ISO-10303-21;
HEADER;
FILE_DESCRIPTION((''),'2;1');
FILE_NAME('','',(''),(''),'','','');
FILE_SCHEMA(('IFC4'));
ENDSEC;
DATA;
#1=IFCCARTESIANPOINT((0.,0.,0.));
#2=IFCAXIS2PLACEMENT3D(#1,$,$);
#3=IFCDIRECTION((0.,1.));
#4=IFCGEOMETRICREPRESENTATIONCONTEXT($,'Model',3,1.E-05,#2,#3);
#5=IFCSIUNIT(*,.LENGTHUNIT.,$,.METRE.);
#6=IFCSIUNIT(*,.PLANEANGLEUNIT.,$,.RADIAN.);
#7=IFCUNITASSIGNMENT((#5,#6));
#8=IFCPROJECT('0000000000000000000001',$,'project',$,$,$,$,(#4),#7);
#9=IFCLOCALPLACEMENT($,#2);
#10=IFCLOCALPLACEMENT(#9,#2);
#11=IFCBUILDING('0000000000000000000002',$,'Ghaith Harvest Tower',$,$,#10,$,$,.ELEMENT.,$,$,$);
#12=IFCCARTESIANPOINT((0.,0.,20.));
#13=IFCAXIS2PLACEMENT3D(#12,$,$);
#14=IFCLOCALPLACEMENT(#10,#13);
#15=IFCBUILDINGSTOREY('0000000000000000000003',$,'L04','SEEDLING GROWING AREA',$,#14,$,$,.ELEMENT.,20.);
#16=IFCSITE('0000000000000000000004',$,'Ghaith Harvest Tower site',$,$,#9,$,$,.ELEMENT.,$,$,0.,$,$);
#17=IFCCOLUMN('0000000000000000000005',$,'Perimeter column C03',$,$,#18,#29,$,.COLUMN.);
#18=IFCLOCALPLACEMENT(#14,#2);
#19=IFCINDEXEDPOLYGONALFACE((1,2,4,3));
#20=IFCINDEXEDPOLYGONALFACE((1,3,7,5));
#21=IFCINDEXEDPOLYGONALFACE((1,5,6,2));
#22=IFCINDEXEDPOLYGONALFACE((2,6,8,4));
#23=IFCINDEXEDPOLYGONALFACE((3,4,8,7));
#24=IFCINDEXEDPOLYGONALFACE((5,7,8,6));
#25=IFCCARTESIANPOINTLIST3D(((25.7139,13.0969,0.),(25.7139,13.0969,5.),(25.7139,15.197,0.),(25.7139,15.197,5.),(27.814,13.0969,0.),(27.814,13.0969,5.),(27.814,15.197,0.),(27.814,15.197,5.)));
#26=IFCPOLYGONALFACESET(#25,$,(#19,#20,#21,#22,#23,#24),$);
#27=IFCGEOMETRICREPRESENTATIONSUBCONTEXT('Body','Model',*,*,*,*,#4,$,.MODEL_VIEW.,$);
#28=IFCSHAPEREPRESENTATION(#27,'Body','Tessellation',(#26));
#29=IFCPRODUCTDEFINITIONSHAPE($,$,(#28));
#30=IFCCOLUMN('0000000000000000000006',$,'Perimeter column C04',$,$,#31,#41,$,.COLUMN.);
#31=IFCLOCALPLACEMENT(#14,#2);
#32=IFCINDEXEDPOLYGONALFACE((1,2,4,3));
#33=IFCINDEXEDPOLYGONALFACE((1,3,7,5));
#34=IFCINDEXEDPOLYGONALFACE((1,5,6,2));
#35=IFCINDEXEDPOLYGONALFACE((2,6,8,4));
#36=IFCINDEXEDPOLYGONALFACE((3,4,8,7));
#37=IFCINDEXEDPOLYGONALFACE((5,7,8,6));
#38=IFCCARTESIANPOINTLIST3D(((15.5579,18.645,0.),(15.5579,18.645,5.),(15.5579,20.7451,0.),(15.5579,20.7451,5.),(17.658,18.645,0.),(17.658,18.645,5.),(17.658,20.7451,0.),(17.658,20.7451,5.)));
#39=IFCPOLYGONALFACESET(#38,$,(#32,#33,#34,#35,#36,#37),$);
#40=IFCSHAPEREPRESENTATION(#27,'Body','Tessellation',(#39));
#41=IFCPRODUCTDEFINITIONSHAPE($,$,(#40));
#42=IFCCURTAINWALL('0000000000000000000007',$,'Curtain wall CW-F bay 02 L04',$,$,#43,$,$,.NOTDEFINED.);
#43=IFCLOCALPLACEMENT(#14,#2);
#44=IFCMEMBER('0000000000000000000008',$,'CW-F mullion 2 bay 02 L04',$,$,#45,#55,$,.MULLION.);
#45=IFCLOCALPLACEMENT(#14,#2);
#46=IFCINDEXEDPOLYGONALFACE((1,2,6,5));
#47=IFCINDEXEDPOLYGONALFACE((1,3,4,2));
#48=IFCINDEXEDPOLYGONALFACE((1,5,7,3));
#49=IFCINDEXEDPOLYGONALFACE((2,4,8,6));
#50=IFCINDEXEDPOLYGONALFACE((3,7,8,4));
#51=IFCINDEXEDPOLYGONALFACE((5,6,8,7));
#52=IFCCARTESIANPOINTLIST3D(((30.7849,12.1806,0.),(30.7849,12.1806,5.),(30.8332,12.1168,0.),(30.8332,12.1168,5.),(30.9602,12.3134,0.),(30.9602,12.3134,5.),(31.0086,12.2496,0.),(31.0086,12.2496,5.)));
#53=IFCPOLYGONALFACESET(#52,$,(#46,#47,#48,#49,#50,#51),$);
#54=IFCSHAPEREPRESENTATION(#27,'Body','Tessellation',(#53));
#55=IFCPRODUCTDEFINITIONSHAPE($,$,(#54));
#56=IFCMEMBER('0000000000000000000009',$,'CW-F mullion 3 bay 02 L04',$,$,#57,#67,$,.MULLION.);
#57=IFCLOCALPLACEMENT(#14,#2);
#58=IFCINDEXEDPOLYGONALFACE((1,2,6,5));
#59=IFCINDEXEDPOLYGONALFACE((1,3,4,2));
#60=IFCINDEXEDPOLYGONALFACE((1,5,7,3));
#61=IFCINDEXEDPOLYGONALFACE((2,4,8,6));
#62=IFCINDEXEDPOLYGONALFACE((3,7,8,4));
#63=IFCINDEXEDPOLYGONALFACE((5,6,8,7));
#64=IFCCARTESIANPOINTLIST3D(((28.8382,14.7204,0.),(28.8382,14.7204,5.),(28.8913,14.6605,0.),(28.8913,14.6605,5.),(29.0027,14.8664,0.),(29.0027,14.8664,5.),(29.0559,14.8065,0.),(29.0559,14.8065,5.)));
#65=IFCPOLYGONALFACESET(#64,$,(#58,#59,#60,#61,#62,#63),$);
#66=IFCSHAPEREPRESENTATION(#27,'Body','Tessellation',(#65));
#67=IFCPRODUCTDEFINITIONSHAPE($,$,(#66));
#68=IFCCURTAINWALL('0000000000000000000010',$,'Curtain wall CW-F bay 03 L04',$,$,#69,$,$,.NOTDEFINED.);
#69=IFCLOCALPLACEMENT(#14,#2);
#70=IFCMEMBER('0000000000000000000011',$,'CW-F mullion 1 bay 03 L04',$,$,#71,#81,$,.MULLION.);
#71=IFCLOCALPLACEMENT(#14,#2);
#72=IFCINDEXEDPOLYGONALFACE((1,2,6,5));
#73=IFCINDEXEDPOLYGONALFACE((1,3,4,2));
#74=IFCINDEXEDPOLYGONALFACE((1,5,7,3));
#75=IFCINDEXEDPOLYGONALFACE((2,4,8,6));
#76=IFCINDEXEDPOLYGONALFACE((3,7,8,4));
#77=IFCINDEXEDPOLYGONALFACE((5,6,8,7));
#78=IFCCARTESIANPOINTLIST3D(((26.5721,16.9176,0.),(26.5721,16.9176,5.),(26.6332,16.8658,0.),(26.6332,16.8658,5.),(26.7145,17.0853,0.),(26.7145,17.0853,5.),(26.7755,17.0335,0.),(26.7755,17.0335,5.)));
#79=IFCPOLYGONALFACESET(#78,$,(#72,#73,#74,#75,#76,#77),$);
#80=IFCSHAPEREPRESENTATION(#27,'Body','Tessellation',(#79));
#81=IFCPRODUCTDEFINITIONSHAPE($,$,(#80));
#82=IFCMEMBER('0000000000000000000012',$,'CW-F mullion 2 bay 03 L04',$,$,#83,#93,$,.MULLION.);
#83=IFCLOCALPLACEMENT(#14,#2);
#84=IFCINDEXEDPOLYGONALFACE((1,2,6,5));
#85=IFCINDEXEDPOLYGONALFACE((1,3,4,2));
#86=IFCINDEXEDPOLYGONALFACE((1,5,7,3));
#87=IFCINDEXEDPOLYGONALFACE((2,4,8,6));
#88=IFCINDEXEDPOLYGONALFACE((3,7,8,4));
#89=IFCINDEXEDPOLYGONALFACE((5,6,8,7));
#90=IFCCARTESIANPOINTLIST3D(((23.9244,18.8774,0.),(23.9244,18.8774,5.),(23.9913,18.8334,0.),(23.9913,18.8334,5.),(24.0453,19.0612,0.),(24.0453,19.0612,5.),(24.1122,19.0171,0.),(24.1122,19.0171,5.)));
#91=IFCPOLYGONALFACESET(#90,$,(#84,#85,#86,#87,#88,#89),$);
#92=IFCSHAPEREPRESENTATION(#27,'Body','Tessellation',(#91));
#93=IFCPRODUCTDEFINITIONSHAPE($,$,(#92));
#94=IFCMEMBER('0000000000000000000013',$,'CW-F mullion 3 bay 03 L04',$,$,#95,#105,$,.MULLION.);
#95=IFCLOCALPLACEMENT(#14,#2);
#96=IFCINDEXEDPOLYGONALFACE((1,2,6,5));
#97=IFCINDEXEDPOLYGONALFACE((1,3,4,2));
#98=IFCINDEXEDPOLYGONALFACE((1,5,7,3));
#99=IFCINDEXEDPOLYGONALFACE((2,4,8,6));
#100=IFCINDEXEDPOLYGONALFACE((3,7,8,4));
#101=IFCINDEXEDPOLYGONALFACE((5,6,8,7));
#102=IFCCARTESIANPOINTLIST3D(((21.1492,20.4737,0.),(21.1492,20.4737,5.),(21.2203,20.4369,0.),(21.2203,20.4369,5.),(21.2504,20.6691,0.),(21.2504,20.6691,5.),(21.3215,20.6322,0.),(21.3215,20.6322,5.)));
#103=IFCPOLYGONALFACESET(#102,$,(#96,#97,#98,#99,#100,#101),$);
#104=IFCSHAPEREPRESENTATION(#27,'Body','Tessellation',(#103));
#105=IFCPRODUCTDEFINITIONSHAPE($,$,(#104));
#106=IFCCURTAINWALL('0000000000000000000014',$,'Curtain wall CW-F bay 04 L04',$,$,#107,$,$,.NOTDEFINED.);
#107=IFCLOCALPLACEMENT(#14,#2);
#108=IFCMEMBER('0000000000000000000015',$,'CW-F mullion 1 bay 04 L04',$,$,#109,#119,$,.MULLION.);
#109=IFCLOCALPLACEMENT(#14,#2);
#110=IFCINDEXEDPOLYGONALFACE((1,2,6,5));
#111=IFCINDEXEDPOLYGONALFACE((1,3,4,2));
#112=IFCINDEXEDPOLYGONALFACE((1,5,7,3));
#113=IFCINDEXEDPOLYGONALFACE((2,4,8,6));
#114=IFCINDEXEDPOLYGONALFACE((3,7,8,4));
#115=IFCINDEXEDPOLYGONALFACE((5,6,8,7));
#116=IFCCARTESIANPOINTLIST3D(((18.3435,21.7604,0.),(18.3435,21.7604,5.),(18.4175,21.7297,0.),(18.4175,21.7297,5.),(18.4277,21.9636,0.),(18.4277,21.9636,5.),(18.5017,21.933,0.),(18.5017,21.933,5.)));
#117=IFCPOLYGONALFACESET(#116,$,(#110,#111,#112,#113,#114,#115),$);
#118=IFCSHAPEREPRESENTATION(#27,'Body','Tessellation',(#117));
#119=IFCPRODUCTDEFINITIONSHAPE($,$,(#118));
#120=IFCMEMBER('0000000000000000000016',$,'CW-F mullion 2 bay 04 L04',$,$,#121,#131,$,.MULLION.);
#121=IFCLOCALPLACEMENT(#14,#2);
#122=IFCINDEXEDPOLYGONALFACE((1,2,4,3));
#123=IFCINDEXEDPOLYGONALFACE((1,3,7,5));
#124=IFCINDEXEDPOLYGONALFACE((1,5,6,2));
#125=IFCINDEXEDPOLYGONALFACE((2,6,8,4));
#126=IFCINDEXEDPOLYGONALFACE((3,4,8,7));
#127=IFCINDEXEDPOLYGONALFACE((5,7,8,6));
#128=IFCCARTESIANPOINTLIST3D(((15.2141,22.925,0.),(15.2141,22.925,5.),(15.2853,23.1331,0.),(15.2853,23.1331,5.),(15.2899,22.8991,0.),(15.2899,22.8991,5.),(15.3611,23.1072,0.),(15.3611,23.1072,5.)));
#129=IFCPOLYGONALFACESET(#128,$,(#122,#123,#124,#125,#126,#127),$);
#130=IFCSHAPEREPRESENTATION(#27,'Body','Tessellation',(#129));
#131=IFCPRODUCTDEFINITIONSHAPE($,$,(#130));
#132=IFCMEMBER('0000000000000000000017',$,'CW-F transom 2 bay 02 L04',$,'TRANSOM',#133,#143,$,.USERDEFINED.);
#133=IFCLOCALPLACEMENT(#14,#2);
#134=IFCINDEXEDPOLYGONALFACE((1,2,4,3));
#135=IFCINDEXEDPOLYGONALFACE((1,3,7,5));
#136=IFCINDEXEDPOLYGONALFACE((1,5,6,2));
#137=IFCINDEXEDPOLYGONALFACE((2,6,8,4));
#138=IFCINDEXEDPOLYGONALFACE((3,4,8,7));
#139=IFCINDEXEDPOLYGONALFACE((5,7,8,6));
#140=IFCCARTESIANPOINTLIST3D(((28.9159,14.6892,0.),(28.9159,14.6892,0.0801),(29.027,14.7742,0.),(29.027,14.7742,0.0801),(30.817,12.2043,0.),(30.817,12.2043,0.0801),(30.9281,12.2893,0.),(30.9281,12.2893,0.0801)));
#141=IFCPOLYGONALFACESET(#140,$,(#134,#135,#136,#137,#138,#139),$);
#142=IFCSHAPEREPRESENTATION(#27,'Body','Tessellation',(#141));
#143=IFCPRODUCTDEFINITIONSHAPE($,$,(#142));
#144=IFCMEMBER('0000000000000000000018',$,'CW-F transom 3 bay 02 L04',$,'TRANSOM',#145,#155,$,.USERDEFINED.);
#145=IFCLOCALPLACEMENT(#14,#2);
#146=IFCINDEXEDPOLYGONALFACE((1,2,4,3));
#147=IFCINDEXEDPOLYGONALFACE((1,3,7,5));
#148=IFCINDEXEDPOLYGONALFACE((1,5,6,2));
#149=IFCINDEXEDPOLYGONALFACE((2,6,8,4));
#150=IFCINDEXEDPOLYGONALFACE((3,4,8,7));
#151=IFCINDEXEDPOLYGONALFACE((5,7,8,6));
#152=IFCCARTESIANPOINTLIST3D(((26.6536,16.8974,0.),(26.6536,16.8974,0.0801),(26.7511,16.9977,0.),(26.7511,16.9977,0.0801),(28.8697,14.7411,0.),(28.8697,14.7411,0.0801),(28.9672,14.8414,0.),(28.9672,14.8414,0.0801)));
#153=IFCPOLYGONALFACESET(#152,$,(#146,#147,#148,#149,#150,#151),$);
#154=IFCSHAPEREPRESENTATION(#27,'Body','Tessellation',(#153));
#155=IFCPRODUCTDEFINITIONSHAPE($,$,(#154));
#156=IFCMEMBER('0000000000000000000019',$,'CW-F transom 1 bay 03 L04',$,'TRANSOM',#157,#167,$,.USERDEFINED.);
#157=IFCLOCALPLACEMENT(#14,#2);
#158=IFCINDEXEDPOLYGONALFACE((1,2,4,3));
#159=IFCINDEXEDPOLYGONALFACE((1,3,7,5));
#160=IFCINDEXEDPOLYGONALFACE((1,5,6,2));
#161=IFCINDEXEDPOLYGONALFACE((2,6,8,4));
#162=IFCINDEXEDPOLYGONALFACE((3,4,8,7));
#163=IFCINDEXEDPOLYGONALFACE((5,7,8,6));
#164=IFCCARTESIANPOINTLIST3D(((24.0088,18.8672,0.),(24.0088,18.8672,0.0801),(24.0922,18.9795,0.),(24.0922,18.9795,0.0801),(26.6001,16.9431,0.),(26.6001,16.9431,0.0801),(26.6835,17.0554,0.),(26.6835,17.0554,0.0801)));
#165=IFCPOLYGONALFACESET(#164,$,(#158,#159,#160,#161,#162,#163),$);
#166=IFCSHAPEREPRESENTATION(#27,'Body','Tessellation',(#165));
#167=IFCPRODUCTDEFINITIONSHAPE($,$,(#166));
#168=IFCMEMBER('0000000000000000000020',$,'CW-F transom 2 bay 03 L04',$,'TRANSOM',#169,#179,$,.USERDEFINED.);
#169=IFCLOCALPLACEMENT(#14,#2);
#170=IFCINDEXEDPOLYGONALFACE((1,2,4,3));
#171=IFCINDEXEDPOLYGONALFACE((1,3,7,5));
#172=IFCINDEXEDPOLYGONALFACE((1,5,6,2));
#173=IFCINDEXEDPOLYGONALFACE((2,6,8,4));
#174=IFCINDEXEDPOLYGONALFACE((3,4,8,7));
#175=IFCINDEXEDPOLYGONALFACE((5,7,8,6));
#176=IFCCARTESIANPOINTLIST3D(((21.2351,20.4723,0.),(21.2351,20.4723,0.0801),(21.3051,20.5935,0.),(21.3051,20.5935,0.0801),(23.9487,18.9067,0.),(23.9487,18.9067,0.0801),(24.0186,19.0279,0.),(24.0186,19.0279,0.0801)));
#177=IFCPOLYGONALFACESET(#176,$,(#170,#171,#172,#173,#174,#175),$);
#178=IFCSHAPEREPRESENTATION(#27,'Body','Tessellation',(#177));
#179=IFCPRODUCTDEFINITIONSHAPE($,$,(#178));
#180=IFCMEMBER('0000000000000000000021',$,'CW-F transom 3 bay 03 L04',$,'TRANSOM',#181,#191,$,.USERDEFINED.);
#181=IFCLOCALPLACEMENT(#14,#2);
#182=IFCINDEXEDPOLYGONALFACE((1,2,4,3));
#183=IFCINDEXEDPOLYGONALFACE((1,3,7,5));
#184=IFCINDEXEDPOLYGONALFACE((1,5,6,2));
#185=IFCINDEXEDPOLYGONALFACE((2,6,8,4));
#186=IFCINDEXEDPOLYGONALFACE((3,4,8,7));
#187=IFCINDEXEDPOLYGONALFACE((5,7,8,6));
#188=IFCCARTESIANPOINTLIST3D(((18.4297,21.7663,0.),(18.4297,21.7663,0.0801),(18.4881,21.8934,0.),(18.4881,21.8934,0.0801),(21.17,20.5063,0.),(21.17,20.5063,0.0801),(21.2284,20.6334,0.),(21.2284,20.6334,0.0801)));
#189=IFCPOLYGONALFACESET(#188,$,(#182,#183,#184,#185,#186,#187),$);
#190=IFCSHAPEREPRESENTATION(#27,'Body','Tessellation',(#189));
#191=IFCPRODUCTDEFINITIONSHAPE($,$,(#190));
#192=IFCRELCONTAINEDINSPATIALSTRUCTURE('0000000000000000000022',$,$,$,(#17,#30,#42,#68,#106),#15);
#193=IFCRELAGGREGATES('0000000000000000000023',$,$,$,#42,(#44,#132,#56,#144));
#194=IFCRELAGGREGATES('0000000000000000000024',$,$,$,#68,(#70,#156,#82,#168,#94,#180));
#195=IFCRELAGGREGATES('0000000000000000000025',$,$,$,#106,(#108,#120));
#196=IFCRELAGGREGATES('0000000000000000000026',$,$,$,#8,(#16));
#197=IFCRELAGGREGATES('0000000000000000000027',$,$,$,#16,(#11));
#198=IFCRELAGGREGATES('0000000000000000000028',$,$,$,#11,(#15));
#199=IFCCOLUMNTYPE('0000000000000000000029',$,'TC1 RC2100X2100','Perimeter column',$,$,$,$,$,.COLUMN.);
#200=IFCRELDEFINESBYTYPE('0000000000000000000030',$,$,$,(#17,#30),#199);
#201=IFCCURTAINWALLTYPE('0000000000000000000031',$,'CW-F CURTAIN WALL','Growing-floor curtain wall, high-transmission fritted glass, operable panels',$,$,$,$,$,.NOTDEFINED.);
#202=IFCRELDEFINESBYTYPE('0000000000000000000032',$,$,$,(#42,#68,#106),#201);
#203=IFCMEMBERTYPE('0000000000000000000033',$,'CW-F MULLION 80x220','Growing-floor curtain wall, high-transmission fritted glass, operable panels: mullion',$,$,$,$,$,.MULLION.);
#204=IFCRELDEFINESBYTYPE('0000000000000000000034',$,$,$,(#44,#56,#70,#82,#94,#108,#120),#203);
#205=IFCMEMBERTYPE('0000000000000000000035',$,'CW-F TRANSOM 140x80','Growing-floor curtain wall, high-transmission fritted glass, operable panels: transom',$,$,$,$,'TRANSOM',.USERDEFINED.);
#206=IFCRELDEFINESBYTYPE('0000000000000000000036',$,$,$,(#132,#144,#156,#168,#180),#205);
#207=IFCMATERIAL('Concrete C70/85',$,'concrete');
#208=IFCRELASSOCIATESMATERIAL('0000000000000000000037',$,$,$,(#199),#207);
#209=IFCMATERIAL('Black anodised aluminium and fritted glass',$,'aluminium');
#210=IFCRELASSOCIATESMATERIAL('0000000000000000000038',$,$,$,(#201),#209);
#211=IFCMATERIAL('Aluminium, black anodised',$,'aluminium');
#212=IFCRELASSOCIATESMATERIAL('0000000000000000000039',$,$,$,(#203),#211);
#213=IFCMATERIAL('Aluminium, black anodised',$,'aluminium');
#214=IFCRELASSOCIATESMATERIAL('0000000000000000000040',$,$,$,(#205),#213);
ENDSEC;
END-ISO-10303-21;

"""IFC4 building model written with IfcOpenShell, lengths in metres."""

from ifc_helpers import new_model, si_unit, direction, frame, origin, origin_2d, place, context, subcontext, project, spatial, rectangle, extrude, material, material_profile, profile_set, type_object, element, aggregate, save


model = new_model("IFC4")

# Units and contexts
model_context = context("Model", 3, precision=1e-05, world=origin(), true_north=direction((0.0, 1.0)))
body_context = subcontext(model_context, "Body", "Model", "MODEL_VIEW")
ifc_project = project(units=[si_unit("LENGTHUNIT", "METRE"), si_unit("PLANEANGLEUNIT", "RADIAN")], contexts=[model_context])

# Site, building, storey
site_placement = place(None, origin())
site = spatial("IfcSite", under=ifc_project, at=site_placement, Name="Ghaith Harvest Tower site", CompositionType="ELEMENT", RefElevation=0.0)
building_placement = place(site_placement, origin())
building = spatial("IfcBuilding", under=site, at=building_placement, Name="Ghaith Harvest Tower", CompositionType="ELEMENT")
storey_placement = place(building_placement, frame((0.0, 0.0, 20.0)))
storey = spatial("IfcBuildingStorey", under=building, at=storey_placement, Name="L04", Description="SEEDLING GROWING AREA", CompositionType="ELEMENT", Elevation=20.0)

# Columns
ifc_material_1 = material(Name="Concrete C70/85", Category="concrete")
ifc_material_profile_1 = material_profile(ifc_material_1, rectangle(XDim=2.1001, YDim=2.1001, at=origin_2d()), Name="RC2100X2100")
ifc_profile_set_1 = profile_set([ifc_material_profile_1], Name="Concrete C70/85")
column_type = type_object("IfcColumnType", Name="TC1 RC2100X2100", Description="Perimeter column", PredefinedType="COLUMN", material=ifc_profile_set_1)
for number, where, z_axis, x_axis, name in (
    (1, (26.7639, 14.147, 0.0), (0.0, 0.0, 1.0), (1.0, 0.0, 0.0), "Perimeter column C03"),
    (2, (16.6079, 19.6951, 0.0), (0.0, 0.0, 1.0), (1.0, 0.0, 0.0), "Perimeter column C04"),
):
    element("IfcColumn", number, at=place(storey_placement, frame(where, z_axis=z_axis, x_axis=x_axis)), inside=storey, type_object=column_type, Name=name, PredefinedType="COLUMN", context=body_context, shape_type="SweptSolid", body=[
        extrude(rectangle(XDim=2.1001, YDim=2.1001, at=origin_2d()), origin(), (0.0, 0.0, 1.0), 5.0),
    ])

# Curtain walls, members
ifc_material_2 = material(Name="Black anodised aluminium and fritted glass", Category="aluminium")
curtain_wall_type = type_object("IfcCurtainWallType", Name="CW-F CURTAIN WALL", Description="Growing-floor curtain wall, high-transmission fritted glass, operable panels", PredefinedType="NOTDEFINED", material=ifc_material_2)
curtain_wall_1_placement = place(storey_placement, origin())
curtain_wall_1 = element("IfcCurtainWall", 3, at=curtain_wall_1_placement, inside=storey, type_object=curtain_wall_type, Name="Curtain wall CW-F bay 02 L04", PredefinedType="NOTDEFINED")
ifc_material_3 = material(Name="Aluminium, black anodised", Category="aluminium")
ifc_material_profile_2 = material_profile(ifc_material_3, rectangle(XDim=0.0801, YDim=0.22, at=origin_2d()), Name="CW-F MULLION 80x220")
ifc_profile_set_2 = profile_set([ifc_material_profile_2], Name="Aluminium, black anodised")
member_type_1 = type_object("IfcMemberType", Name="CW-F MULLION 80x220", Description="Growing-floor curtain wall, high-transmission fritted glass, operable panels: mullion", PredefinedType="MULLION", material=ifc_profile_set_2)
member_1_placement = place(storey_placement, frame((30.8967, 12.2151, 0.0), z_axis=(0.0, 0.0, 1.0), x_axis=(-0.603948, 0.797023, 0.0)))
member_1 = element("IfcMember", 4, at=member_1_placement, type_object=member_type_1, Name="CW-F mullion 2 bay 02 L04", PredefinedType="MULLION", context=body_context, shape_type="SweptSolid", body=[
    extrude(rectangle(XDim=0.0801, YDim=0.22, at=origin_2d()), origin(), (0.0, 0.0, 1.0), 5.0),
])
member_2_placement = place(storey_placement, frame((28.947, 14.7634, 0.0), z_axis=(0.0, 0.0, 1.0), x_axis=(-0.663605, 0.748083, 0.0)))
member_2 = element("IfcMember", 5, at=member_2_placement, type_object=member_type_1, Name="CW-F mullion 3 bay 02 L04", PredefinedType="MULLION", context=body_context, shape_type="SweptSolid", body=[
    extrude(rectangle(XDim=0.0801, YDim=0.22, at=origin_2d()), origin(), (0.0, 0.0, 1.0), 5.0),
])
curtain_wall_2_placement = place(storey_placement, origin())
curtain_wall_2 = element("IfcCurtainWall", 6, at=curtain_wall_2_placement, inside=storey, type_object=curtain_wall_type, Name="Curtain wall CW-F bay 03 L04", PredefinedType="NOTDEFINED")
member_3_placement = place(storey_placement, frame((26.6738, 16.9756, 0.0), z_axis=(0.0, 0.0, 1.0), x_axis=(-0.762366, 0.647146, 0.0)))
member_3 = element("IfcMember", 7, at=member_3_placement, type_object=member_type_1, Name="CW-F mullion 1 bay 03 L04", PredefinedType="MULLION", context=body_context, shape_type="SweptSolid", body=[
    extrude(rectangle(XDim=0.0801, YDim=0.22, at=origin_2d()), origin(), (0.0, 0.0, 1.0), 5.0),
])
member_4_placement = place(storey_placement, frame((24.0183, 18.9473, 0.0), z_axis=(0.0, 0.0, 1.0), x_axis=(-0.835444, 0.549576, 0.0)))
member_4 = element("IfcMember", 8, at=member_4_placement, type_object=member_type_1, Name="CW-F mullion 2 bay 03 L04", PredefinedType="MULLION", context=body_context, shape_type="SweptSolid", body=[
    extrude(rectangle(XDim=0.0801, YDim=0.22, at=origin_2d()), origin(), (0.0, 0.0, 1.0), 5.0),
])
member_5_placement = place(storey_placement, frame((21.2354, 20.553, 0.0), z_axis=(0.0, 0.0, 1.0), x_axis=(-0.887897, 0.460043, 0.0)))
member_5 = element("IfcMember", 9, at=member_5_placement, type_object=member_type_1, Name="CW-F mullion 3 bay 03 L04", PredefinedType="MULLION", context=body_context, shape_type="SweptSolid", body=[
    extrude(rectangle(XDim=0.0801, YDim=0.22, at=origin_2d()), origin(), (0.0, 0.0, 1.0), 5.0),
])
curtain_wall_3_placement = place(storey_placement, origin())
curtain_wall_3 = element("IfcCurtainWall", 10, at=curtain_wall_3_placement, inside=storey, type_object=curtain_wall_type, Name="Curtain wall CW-F bay 04 L04", PredefinedType="NOTDEFINED")
member_6_placement = place(storey_placement, frame((18.4226, 21.8467, 0.0), z_axis=(0.0, 0.0, 1.0), x_axis=(-0.92391, 0.382609, 0.0)))
member_6 = element("IfcMember", 11, at=member_6_placement, type_object=member_type_1, Name="CW-F mullion 1 bay 04 L04", PredefinedType="MULLION", context=body_context, shape_type="SweptSolid", body=[
    extrude(rectangle(XDim=0.0801, YDim=0.22, at=origin_2d()), origin(), (0.0, 0.0, 1.0), 5.0),
])
member_7_placement = place(storey_placement, frame((15.2876, 23.0161, 0.0), z_axis=(0.0, 0.0, 1.0), x_axis=(-0.946121, 0.323813, 0.0)))
member_7 = element("IfcMember", 12, at=member_7_placement, type_object=member_type_1, Name="CW-F mullion 2 bay 04 L04", PredefinedType="MULLION", context=body_context, shape_type="SweptSolid", body=[
    extrude(rectangle(XDim=0.0801, YDim=0.22, at=origin_2d()), origin(), (0.0, 0.0, 1.0), 5.0),
])

# Members
ifc_material_4 = material(Name="Aluminium, black anodised", Category="aluminium")
ifc_material_profile_3 = material_profile(ifc_material_4, rectangle(XDim=0.1399, YDim=0.0801, at=origin_2d()), Name="CW-F TRANSOM 140x80")
ifc_profile_set_3 = profile_set([ifc_material_profile_3], Name="Aluminium, black anodised")
member_type_2 = type_object("IfcMemberType", Name="CW-F TRANSOM 140x80", Description="Growing-floor curtain wall, high-transmission fritted glass, operable panels: transom", ElementType="TRANSOM", PredefinedType="USERDEFINED", material=ifc_profile_set_3)
member_8_placement = place(storey_placement, frame((30.8726, 12.2468, 0.04), z_axis=(-0.607638, 0.794214, 0.0), x_axis=(-0.794214, -0.607638, 0.0)))
member_8 = element("IfcMember", 13, at=member_8_placement, type_object=member_type_2, Name="CW-F transom 2 bay 02 L04", ObjectType="TRANSOM", PredefinedType="USERDEFINED", context=body_context, shape_type="SweptSolid", body=[
    extrude(rectangle(XDim=0.1399, YDim=0.0801, at=origin_2d()), origin(), (0.0, 0.0, 1.0), 3.1287),
])
member_9_placement = place(storey_placement, frame((28.9185, 14.7913, 0.04), z_axis=(-0.716713, 0.697368, 0.0), x_axis=(-0.697368, -0.716713, 0.0)))
member_9 = element("IfcMember", 14, at=member_9_placement, type_object=member_type_2, Name="CW-F transom 3 bay 02 L04", ObjectType="TRANSOM", PredefinedType="USERDEFINED", context=body_context, shape_type="SweptSolid", body=[
    extrude(rectangle(XDim=0.1399, YDim=0.0801, at=origin_2d()), origin(), (0.0, 0.0, 1.0), 3.092),
])
member_10_placement = place(storey_placement, frame((26.6418, 16.9993, 0.04), z_axis=(-0.802877, 0.596144, 0.0), x_axis=(-0.596144, -0.802877, 0.0)))
member_10 = element("IfcMember", 15, at=member_10_placement, type_object=member_type_2, Name="CW-F transom 1 bay 03 L04", ObjectType="TRANSOM", PredefinedType="USERDEFINED", context=body_context, shape_type="SweptSolid", body=[
    extrude(rectangle(XDim=0.1399, YDim=0.0801, at=origin_2d()), origin(), (0.0, 0.0, 1.0), 3.2275),
])
member_11_placement = place(storey_placement, frame((23.9836, 18.9673, 0.04), z_axis=(-0.866169, 0.499752, 0.0), x_axis=(-0.499752, -0.866169, 0.0)))
member_11 = element("IfcMember", 16, at=member_11_placement, type_object=member_type_2, Name="CW-F transom 2 bay 03 L04", ObjectType="TRANSOM", PredefinedType="USERDEFINED", context=body_context, shape_type="SweptSolid", body=[
    extrude(rectangle(XDim=0.1399, YDim=0.0801, at=origin_2d()), origin(), (0.0, 0.0, 1.0), 3.1328),
])
member_12_placement = place(storey_placement, frame((21.1992, 20.5698, 0.04), z_axis=(-0.908553, 0.417769, 0.0), x_axis=(-0.417769, -0.908553, 0.0)))
member_12 = element("IfcMember", 17, at=member_12_placement, type_object=member_type_2, Name="CW-F transom 3 bay 03 L04", ObjectType="TRANSOM", PredefinedType="USERDEFINED", context=body_context, shape_type="SweptSolid", body=[
    extrude(rectangle(XDim=0.1399, YDim=0.0801, at=origin_2d()), origin(), (0.0, 0.0, 1.0), 3.0161),
])

aggregate(curtain_wall_1, [member_1, member_8, member_2, member_9])
aggregate(curtain_wall_2, [member_3, member_10, member_4, member_11, member_5, member_12])
aggregate(curtain_wall_3, [member_6, member_7])

save(model, "model.ifc")
